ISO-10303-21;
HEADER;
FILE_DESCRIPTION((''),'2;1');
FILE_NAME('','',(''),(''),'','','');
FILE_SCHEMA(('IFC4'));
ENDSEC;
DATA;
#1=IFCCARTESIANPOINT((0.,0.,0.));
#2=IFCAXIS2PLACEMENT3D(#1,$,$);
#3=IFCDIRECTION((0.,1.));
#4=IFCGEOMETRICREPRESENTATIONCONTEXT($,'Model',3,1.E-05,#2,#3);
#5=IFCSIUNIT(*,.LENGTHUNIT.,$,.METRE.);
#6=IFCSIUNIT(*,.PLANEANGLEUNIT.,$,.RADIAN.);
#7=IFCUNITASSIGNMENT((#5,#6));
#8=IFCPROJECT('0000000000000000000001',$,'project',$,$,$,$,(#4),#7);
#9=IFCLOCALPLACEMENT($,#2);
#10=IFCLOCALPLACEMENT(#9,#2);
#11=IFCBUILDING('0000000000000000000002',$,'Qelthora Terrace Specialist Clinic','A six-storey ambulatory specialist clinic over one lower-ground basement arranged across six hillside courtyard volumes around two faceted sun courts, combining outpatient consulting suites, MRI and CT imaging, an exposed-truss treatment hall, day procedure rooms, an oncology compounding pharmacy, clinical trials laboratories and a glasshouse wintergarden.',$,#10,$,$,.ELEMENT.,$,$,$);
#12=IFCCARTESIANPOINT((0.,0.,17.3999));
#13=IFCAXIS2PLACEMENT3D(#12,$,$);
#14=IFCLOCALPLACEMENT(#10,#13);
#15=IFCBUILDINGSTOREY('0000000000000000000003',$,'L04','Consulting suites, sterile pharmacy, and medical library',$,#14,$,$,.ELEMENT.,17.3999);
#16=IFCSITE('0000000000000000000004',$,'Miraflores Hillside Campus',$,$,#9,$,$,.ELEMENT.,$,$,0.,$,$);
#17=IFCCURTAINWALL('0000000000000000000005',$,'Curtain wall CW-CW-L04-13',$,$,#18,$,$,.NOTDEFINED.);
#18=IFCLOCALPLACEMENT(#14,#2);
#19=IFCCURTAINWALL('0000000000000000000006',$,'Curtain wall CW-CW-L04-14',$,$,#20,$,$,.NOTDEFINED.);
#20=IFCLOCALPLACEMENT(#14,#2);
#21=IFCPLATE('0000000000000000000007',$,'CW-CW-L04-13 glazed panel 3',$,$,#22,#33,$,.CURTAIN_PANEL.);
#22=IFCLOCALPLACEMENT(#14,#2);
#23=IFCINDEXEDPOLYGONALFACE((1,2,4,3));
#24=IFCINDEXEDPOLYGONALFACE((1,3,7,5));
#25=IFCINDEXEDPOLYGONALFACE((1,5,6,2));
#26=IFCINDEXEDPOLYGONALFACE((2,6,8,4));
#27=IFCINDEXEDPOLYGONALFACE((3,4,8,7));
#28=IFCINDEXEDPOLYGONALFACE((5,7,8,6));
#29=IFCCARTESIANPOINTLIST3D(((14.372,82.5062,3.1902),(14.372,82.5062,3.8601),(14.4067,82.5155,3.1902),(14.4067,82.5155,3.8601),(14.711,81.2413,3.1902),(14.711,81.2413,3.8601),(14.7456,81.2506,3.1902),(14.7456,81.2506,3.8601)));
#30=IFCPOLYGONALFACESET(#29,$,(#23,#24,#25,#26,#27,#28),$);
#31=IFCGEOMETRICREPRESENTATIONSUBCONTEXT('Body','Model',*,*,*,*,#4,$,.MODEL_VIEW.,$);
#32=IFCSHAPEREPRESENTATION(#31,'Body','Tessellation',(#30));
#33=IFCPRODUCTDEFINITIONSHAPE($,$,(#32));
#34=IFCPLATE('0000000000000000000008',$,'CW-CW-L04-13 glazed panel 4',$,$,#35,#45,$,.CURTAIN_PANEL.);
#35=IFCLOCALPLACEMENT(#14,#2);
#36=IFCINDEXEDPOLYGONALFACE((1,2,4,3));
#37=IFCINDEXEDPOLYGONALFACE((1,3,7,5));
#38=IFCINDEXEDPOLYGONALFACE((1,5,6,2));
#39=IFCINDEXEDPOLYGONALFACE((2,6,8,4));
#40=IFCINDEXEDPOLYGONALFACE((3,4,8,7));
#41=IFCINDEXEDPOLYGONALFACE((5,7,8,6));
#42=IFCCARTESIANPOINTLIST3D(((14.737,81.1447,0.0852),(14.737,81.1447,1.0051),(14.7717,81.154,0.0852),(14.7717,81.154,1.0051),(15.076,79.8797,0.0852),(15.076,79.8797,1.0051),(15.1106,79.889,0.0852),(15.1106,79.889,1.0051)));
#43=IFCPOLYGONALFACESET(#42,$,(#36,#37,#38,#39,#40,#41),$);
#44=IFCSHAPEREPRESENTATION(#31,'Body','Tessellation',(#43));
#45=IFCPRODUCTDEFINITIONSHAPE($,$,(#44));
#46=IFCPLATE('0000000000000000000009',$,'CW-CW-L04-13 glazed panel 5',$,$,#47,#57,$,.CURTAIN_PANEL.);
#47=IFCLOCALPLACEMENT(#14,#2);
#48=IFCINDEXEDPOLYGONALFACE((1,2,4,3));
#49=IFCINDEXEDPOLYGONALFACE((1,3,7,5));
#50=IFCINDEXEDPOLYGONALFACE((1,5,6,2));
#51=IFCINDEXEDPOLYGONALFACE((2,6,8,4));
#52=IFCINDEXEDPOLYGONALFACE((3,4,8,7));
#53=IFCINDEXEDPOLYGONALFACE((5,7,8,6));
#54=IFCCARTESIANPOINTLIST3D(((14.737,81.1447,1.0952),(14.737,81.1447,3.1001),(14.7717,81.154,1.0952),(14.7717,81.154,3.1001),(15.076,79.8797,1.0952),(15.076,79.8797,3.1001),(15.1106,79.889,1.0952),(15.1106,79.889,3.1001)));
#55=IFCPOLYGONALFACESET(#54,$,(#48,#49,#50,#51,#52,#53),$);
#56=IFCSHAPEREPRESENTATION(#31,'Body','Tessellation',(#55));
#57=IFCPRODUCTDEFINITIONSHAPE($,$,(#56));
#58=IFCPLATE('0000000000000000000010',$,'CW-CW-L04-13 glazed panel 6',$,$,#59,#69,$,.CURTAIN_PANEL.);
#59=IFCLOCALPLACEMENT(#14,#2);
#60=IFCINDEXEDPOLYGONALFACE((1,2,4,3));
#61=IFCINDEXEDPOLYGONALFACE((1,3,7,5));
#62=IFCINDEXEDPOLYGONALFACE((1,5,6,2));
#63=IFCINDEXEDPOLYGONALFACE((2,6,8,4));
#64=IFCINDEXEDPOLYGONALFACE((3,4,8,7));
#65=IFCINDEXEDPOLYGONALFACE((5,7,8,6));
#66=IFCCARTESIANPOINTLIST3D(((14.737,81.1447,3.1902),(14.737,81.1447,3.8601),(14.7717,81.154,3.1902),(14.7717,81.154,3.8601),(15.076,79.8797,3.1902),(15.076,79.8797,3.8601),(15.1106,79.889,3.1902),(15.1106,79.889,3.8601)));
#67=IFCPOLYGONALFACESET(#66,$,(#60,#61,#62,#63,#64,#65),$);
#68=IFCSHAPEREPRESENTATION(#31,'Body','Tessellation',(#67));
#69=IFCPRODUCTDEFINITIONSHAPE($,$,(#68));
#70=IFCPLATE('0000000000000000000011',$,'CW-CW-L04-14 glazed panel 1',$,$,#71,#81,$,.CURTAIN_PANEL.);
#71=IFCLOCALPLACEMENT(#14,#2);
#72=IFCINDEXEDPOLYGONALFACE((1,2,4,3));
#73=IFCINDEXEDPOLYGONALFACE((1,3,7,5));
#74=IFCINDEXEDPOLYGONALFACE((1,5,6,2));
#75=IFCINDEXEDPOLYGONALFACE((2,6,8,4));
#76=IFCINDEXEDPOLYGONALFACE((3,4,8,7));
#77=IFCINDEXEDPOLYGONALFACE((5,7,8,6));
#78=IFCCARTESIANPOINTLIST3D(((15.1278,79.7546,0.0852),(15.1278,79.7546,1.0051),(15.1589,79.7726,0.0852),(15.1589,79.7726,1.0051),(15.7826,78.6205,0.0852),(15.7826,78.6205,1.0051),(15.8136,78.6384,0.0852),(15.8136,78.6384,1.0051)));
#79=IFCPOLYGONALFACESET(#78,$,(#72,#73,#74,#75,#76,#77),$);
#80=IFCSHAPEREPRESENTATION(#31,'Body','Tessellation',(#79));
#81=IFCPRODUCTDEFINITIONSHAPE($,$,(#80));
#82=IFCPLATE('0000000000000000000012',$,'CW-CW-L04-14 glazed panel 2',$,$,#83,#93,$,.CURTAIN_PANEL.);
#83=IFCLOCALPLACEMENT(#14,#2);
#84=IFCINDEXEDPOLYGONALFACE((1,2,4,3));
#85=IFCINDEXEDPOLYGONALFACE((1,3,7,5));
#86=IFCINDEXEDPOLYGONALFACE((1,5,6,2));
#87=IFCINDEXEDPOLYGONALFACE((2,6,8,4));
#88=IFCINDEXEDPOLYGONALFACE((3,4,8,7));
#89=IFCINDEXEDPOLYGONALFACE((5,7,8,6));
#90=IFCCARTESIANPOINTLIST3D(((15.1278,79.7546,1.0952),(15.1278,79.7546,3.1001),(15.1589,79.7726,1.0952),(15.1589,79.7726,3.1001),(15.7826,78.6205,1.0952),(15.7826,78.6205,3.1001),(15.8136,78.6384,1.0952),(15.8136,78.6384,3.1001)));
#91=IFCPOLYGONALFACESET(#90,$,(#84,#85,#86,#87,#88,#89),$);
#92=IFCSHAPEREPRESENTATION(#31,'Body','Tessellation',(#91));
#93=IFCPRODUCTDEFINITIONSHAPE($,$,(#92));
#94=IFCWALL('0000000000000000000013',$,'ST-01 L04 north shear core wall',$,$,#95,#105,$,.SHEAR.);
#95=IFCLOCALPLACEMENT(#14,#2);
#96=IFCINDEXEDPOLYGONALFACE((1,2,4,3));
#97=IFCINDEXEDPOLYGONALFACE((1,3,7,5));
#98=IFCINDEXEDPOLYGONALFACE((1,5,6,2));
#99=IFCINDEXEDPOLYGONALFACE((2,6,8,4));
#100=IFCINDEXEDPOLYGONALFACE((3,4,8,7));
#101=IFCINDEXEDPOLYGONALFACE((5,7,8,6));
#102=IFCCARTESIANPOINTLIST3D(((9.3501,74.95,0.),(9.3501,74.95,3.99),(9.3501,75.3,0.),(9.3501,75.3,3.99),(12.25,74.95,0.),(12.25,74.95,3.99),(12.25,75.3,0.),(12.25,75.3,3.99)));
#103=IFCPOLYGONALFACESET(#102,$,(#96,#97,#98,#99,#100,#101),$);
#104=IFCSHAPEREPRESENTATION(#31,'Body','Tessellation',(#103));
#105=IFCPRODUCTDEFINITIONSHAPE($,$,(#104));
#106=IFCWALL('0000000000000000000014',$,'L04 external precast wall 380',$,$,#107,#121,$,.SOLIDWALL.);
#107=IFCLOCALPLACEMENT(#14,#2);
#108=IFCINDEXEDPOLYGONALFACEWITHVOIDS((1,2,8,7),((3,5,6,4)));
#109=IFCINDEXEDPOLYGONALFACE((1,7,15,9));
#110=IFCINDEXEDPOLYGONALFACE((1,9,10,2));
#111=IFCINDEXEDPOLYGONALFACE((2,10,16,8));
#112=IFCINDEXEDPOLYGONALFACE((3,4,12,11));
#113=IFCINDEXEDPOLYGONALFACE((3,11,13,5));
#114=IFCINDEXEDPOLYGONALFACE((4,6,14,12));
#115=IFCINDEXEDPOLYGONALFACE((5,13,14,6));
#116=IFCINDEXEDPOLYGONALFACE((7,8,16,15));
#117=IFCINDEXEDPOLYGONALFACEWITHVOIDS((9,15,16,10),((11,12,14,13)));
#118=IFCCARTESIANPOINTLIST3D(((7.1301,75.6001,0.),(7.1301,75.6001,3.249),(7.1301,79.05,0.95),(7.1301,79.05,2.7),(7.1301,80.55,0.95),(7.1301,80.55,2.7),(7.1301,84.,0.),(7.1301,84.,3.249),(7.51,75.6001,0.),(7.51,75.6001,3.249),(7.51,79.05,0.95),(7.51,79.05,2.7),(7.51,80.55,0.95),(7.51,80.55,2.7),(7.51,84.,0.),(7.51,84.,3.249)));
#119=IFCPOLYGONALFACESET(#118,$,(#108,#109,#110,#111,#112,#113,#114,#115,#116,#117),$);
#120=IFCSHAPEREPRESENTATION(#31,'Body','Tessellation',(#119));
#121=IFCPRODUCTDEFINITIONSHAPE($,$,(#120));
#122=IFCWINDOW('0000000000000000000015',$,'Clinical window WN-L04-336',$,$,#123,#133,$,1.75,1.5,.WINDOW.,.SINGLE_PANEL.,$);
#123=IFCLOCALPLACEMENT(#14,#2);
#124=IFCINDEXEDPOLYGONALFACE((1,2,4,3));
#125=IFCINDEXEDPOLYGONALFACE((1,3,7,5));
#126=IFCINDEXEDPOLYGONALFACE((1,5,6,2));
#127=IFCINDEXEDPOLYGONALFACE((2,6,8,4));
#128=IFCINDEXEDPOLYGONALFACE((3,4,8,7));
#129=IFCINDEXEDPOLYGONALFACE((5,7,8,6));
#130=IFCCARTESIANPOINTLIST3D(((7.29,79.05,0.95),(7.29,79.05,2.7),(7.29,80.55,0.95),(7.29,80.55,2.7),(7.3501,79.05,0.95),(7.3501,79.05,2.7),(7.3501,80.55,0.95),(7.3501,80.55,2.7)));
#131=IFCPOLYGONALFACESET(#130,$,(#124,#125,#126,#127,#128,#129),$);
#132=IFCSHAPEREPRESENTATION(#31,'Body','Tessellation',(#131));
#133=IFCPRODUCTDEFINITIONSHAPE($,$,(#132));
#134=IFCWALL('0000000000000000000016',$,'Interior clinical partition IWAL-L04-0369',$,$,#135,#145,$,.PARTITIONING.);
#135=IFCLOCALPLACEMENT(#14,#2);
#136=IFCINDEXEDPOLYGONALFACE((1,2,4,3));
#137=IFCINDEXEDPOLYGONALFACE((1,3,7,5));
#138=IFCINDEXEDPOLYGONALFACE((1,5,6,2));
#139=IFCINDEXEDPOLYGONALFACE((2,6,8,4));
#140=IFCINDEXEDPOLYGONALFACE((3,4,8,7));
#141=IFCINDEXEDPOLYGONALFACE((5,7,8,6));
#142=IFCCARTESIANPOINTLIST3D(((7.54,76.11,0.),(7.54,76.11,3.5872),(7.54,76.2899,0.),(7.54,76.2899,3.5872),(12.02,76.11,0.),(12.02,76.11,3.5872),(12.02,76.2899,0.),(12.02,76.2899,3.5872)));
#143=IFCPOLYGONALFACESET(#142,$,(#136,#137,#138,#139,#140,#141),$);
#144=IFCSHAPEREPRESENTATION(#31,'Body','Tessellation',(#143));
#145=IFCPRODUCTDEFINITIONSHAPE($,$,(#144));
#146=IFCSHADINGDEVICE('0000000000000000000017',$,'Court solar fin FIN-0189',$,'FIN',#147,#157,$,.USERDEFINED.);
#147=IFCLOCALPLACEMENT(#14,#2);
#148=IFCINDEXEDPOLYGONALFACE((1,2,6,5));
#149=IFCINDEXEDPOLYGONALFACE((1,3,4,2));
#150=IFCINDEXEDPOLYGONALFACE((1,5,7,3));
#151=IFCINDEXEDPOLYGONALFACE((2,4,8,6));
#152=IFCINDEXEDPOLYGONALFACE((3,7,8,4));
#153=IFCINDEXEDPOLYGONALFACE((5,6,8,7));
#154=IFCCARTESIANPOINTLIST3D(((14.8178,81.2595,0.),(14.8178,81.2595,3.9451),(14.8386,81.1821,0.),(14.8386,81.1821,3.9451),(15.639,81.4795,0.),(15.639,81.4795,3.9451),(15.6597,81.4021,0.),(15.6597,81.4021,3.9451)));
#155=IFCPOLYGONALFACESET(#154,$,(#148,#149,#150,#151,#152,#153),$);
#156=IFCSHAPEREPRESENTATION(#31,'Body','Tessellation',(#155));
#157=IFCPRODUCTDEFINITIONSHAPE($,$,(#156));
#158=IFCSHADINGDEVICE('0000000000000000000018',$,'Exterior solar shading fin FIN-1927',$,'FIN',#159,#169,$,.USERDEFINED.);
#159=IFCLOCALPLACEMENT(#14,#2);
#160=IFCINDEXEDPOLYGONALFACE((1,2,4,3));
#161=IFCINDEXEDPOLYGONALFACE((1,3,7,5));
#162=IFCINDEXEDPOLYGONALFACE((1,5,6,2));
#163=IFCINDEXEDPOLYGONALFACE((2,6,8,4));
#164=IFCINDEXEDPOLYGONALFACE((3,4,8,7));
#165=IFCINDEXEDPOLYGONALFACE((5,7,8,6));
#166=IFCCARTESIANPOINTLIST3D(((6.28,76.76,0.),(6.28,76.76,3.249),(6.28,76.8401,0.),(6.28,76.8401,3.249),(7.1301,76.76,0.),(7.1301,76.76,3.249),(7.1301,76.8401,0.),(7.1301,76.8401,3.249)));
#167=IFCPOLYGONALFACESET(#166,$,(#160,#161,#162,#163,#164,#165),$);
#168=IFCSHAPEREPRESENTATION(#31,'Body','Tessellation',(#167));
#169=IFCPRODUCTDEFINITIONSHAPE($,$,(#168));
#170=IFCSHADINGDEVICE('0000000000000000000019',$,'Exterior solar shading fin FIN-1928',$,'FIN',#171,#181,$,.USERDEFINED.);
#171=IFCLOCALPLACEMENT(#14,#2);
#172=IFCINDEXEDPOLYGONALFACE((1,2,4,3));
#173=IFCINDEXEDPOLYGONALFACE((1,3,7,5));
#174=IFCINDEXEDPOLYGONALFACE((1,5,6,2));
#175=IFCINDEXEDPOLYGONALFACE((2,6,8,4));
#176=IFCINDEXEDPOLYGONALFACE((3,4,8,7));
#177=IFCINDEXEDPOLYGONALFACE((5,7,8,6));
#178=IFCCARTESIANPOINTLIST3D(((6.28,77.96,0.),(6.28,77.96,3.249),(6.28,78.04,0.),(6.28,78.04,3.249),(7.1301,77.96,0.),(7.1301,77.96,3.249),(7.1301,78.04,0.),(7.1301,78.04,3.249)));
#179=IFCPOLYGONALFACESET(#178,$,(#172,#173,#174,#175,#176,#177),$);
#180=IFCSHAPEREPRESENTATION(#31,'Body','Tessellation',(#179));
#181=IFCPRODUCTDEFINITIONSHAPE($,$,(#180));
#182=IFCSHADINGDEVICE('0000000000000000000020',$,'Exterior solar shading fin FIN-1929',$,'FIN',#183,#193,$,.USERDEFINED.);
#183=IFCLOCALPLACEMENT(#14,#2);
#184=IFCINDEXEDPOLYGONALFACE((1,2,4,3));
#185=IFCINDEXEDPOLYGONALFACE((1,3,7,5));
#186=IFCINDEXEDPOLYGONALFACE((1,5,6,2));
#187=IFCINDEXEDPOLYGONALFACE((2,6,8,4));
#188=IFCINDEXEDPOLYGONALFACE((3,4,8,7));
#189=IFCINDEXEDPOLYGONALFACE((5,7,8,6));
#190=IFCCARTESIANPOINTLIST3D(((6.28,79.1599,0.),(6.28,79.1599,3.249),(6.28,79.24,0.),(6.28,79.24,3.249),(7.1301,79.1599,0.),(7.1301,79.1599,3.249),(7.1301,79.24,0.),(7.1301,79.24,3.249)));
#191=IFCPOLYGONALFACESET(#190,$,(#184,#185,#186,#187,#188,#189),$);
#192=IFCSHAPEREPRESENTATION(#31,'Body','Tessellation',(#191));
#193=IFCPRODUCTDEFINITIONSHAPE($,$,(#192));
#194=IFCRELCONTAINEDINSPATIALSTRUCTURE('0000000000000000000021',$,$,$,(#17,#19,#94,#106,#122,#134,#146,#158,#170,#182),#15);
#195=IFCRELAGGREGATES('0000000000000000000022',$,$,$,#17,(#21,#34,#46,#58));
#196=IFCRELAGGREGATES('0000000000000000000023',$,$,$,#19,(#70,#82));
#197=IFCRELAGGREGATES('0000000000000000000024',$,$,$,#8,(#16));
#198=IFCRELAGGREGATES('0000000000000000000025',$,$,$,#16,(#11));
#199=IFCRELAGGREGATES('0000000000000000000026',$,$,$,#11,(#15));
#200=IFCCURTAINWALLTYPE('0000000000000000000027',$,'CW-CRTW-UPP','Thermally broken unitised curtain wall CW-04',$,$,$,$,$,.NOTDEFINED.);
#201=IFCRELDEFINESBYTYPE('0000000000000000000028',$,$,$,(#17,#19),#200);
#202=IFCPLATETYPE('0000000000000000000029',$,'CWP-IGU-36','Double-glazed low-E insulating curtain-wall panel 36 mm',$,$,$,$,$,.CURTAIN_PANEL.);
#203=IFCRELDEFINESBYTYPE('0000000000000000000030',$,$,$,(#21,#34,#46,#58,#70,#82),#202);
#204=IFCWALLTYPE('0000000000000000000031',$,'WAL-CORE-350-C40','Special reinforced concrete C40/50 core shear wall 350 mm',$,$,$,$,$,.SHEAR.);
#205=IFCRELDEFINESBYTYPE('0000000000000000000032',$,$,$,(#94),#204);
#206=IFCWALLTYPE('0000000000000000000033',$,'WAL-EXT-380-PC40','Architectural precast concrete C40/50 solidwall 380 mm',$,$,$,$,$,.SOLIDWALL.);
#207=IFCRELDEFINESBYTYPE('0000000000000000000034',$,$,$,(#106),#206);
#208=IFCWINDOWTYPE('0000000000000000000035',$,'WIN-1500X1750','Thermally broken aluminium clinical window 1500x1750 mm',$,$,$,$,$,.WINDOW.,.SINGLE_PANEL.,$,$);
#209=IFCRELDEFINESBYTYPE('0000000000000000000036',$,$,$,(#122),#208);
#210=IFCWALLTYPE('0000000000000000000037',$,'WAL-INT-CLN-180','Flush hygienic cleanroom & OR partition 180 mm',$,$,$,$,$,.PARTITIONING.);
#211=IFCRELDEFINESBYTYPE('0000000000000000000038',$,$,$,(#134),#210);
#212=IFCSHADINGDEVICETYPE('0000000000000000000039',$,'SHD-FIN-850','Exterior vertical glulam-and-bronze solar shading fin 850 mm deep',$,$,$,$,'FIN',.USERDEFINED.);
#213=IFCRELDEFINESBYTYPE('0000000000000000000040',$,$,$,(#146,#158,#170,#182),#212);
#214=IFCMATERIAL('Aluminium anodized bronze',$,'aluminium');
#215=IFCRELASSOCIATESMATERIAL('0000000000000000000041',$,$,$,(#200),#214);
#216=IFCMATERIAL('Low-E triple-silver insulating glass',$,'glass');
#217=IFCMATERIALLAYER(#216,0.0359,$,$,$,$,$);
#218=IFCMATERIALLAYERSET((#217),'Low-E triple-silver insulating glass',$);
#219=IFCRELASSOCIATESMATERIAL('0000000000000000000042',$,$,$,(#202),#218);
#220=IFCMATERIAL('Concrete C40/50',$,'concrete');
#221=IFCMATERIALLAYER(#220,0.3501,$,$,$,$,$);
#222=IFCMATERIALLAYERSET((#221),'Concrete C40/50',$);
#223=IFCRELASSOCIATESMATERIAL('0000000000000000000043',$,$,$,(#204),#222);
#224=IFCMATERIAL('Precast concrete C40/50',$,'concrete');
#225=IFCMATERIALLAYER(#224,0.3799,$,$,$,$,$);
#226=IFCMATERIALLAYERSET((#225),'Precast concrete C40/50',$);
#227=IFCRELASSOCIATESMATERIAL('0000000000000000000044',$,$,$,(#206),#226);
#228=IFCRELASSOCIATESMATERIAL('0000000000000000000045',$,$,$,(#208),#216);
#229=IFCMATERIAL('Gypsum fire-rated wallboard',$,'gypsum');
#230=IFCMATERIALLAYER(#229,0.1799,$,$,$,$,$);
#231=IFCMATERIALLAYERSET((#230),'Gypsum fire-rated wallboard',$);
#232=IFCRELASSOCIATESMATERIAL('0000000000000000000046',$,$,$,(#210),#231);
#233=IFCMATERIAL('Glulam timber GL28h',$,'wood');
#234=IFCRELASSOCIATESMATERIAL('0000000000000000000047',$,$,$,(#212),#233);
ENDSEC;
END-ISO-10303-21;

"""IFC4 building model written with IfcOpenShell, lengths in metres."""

from ifc_helpers import new_model, si_unit, direction, frame, frame_2d, origin, origin_2d, place, context, subcontext, project, spatial, rectangle, extrude, material, layer, layer_set, type_object, element, fill, aggregate, save


model = new_model("IFC4")

# Units and contexts
model_context = context("Model", 3, precision=1e-05, world=origin(), true_north=direction((0.0, 1.0)))
body_context = subcontext(model_context, "Body", "Model", "MODEL_VIEW")
ifc_project = project(units=[si_unit("LENGTHUNIT", "METRE"), si_unit("PLANEANGLEUNIT", "RADIAN")], contexts=[model_context])

# Site, building, storey
site_placement = place(None, origin())
site = spatial("IfcSite", under=ifc_project, at=site_placement, Name="Miraflores Hillside Campus", CompositionType="ELEMENT", RefElevation=0.0)
building_placement = place(site_placement, origin())
building = spatial("IfcBuilding", under=site, at=building_placement, Name="Qelthora Terrace Specialist Clinic", Description="A six-storey ambulatory specialist clinic over one lower-ground basement arranged across six hillside courtyard volumes around two faceted sun courts, combining outpatient consulting suites, MRI and CT imaging, an exposed-truss treatment hall, day procedure rooms, an oncology compounding pharmacy, clinical trials laboratories and a glasshouse wintergarden.", CompositionType="ELEMENT")
storey_placement = place(building_placement, frame((0.0, 0.0, 17.3999)))
storey = spatial("IfcBuildingStorey", under=building, at=storey_placement, Name="L04", Description="Consulting suites, sterile pharmacy, and medical library", CompositionType="ELEMENT", Elevation=17.3999)

# Curtain wall
ifc_material_1 = material(Name="Aluminium anodized bronze", Category="aluminium")
curtain_wall_type = type_object("IfcCurtainWallType", Name="CW-CRTW-UPP", Description="Thermally broken unitised curtain wall CW-04", PredefinedType="NOTDEFINED", material=ifc_material_1)
curtain_wall_1_placement = place(storey_placement, origin())
curtain_wall_1 = element("IfcCurtainWall", 1, at=curtain_wall_1_placement, inside=storey, type_object=curtain_wall_type, Name="Curtain wall CW-CW-L04-13", PredefinedType="NOTDEFINED")

# Curtain wall
curtain_wall_2_placement = place(storey_placement, origin())
curtain_wall_2 = element("IfcCurtainWall", 2, at=curtain_wall_2_placement, inside=storey, type_object=curtain_wall_type, Name="Curtain wall CW-CW-L04-14", PredefinedType="NOTDEFINED")

# Plates
ifc_material_2 = material(Name="Low-E triple-silver insulating glass", Category="glass")
ifc_layer_1 = layer(ifc_material_2, 0.0359)
ifc_layer_set_1 = layer_set([ifc_layer_1], Name="Low-E triple-silver insulating glass")
plate_type = type_object("IfcPlateType", Name="CWP-IGU-36", Description="Double-glazed low-E insulating curtain-wall panel 36 mm", PredefinedType="CURTAIN_PANEL", material=ifc_layer_set_1)
plate_1_placement = place(storey_placement, frame((14.5588, 81.8784, 3.1902), z_axis=(0.0, 0.0, 1.0), x_axis=(0.258821, -0.965925, 0.0)))
plate_1 = element("IfcPlate", 3, at=plate_1_placement, type_object=plate_type, Name="CW-CW-L04-13 glazed panel 3", PredefinedType="CURTAIN_PANEL", context=body_context, shape_type="SweptSolid", body=[
    extrude(rectangle(XDim=1.3096, YDim=0.0359, at=origin_2d()), origin(), (0.0, 0.0, 1.0), 0.6699),
])
plate_2_placement = place(storey_placement, frame((14.9238, 80.5168, 0.0852), z_axis=(0.0, 0.0, 1.0), x_axis=(0.258821, -0.965925, 0.0)))
plate_2 = element("IfcPlate", 4, at=plate_2_placement, type_object=plate_type, Name="CW-CW-L04-13 glazed panel 4", PredefinedType="CURTAIN_PANEL", context=body_context, shape_type="SweptSolid", body=[
    extrude(rectangle(XDim=1.3096, YDim=0.0359, at=origin_2d()), origin(), (0.0, 0.0, 1.0), 0.9199),
])
plate_3_placement = place(storey_placement, frame((14.9238, 80.5168, 1.0952), z_axis=(0.0, 0.0, 1.0), x_axis=(0.258821, -0.965925, 0.0)))
plate_3 = element("IfcPlate", 5, at=plate_3_placement, type_object=plate_type, Name="CW-CW-L04-13 glazed panel 5", PredefinedType="CURTAIN_PANEL", context=body_context, shape_type="SweptSolid", body=[
    extrude(rectangle(XDim=1.3096, YDim=0.0359, at=origin_2d()), origin(), (0.0, 0.0, 1.0), 2.0049),
])
plate_4_placement = place(storey_placement, frame((14.9238, 80.5168, 3.1902), z_axis=(0.0, 0.0, 1.0), x_axis=(0.258821, -0.965925, 0.0)))
plate_4 = element("IfcPlate", 6, at=plate_4_placement, type_object=plate_type, Name="CW-CW-L04-13 glazed panel 6", PredefinedType="CURTAIN_PANEL", context=body_context, shape_type="SweptSolid", body=[
    extrude(rectangle(XDim=1.3096, YDim=0.0359, at=origin_2d()), origin(), (0.0, 0.0, 1.0), 0.6699),
])
aggregate(curtain_wall_1, [plate_1, plate_2, plate_3, plate_4])
plate_5_placement = place(storey_placement, frame((15.4707, 79.1965, 0.0852), z_axis=(0.0, 0.0, 1.0), x_axis=(0.5, -0.866025, 0.0)))
plate_5 = element("IfcPlate", 7, at=plate_5_placement, type_object=plate_type, Name="CW-CW-L04-14 glazed panel 1", PredefinedType="CURTAIN_PANEL", context=body_context, shape_type="SweptSolid", body=[
    extrude(rectangle(XDim=1.3096, YDim=0.0359, at=origin_2d()), origin(), (0.0, 0.0, 1.0), 0.9199),
])
plate_6_placement = place(storey_placement, frame((15.4707, 79.1965, 1.0952), z_axis=(0.0, 0.0, 1.0), x_axis=(0.5, -0.866025, 0.0)))
plate_6 = element("IfcPlate", 8, at=plate_6_placement, type_object=plate_type, Name="CW-CW-L04-14 glazed panel 2", PredefinedType="CURTAIN_PANEL", context=body_context, shape_type="SweptSolid", body=[
    extrude(rectangle(XDim=1.3096, YDim=0.0359, at=origin_2d()), origin(), (0.0, 0.0, 1.0), 2.0049),
])
aggregate(curtain_wall_2, [plate_5, plate_6])

# Wall
ifc_material_3 = material(Name="Concrete C40/50", Category="concrete")
ifc_layer_2 = layer(ifc_material_3, 0.3501)
ifc_layer_set_2 = layer_set([ifc_layer_2], Name="Concrete C40/50")
wall_type_1 = type_object("IfcWallType", Name="WAL-CORE-350-C40", Description="Special reinforced concrete C40/50 core shear wall 350 mm", PredefinedType="SHEAR", material=ifc_layer_set_2)
wall_1_placement = place(storey_placement, frame((9.3501, 75.125, 0.0), z_axis=(0.0, 0.0, 1.0), x_axis=(1.0, 0.0, 0.0)))
element("IfcWall", 9, at=wall_1_placement, inside=storey, type_object=wall_type_1, Name="ST-01 L04 north shear core wall", PredefinedType="SHEAR", context=body_context, shape_type="SweptSolid", body=[
    extrude(rectangle(XDim=2.8999, YDim=0.3501, at=frame_2d((1.45, 0.0))), origin(), (0.0, 0.0, 1.0), 3.99),
])

# Wall, opening, window
ifc_material_4 = material(Name="Precast concrete C40/50", Category="concrete")
ifc_layer_3 = layer(ifc_material_4, 0.3799)
ifc_layer_set_3 = layer_set([ifc_layer_3], Name="Precast concrete C40/50")
wall_type_2 = type_object("IfcWallType", Name="WAL-EXT-380-PC40", Description="Architectural precast concrete C40/50 solidwall 380 mm", PredefinedType="SOLIDWALL", material=ifc_layer_set_3)
wall_2_placement = place(storey_placement, frame((7.3201, 75.6001, 0.0), z_axis=(0.0, 0.0, 1.0), x_axis=(0.0, 1.0, 0.0)))
wall_2 = element("IfcWall", 10, at=wall_2_placement, inside=storey, type_object=wall_type_2, Name="L04 external precast wall 380", PredefinedType="SOLIDWALL", context=body_context, shape_type="SweptSolid", body=[
    extrude(rectangle(XDim=8.3999, YDim=0.3799, at=frame_2d((4.2, 0.0))), origin(), (0.0, 0.0, 1.0), 3.249),
])
opening_placement = place(wall_2_placement, frame((3.45, 0.0, 0.95)))
opening = element("IfcOpeningElement", 11, at=opening_placement, cuts=wall_2, PredefinedType="OPENING", context=body_context, shape_type="SweptSolid", body=[
    extrude(rectangle(XDim=1.5, YDim=1.75, at=frame_2d((0.75, 0.875))), frame((0.0, 0.2, 0.0), z_axis=(0.0, -1.0, 0.0), x_axis=(1.0, 0.0, 0.0)), (0.0, 0.0, 1.0), 0.3999),
])
window_type = type_object("IfcWindowType", Name="WIN-1500X1750", Description="Thermally broken aluminium clinical window 1500x1750 mm", PartitioningType="SINGLE_PANEL", PredefinedType="WINDOW", material=ifc_material_2)
window_placement = place(opening_placement, origin())
window = element("IfcWindow", 12, at=window_placement, inside=storey, type_object=window_type, Name="Clinical window WN-L04-336", OverallHeight=1.75, OverallWidth=1.5, PartitioningType="SINGLE_PANEL", PredefinedType="WINDOW", context=body_context, shape_type="SweptSolid", body=[
    extrude(rectangle(XDim=1.5, YDim=1.75, at=frame_2d((0.75, 0.875))), frame((0.0, 0.03, 0.0), z_axis=(0.0, -1.0, 0.0), x_axis=(1.0, 0.0, 0.0)), (0.0, 0.0, 1.0), 0.0601),
])
fill(opening, window)

# Wall
ifc_material_5 = material(Name="Gypsum fire-rated wallboard", Category="gypsum")
ifc_layer_4 = layer(ifc_material_5, 0.1799)
ifc_layer_set_4 = layer_set([ifc_layer_4], Name="Gypsum fire-rated wallboard")
wall_type_3 = type_object("IfcWallType", Name="WAL-INT-CLN-180", Description="Flush hygienic cleanroom & OR partition 180 mm", PredefinedType="PARTITIONING", material=ifc_layer_set_4)
wall_3_placement = place(storey_placement, frame((12.02, 76.2, 0.0), z_axis=(0.0, 0.0, 1.0), x_axis=(-1.0, 0.0, 0.0)))
element("IfcWall", 13, at=wall_3_placement, inside=storey, type_object=wall_type_3, Name="Interior clinical partition IWAL-L04-0369", PredefinedType="PARTITIONING", context=body_context, shape_type="SweptSolid", body=[
    extrude(rectangle(XDim=4.48, YDim=0.1799, at=frame_2d((2.24, 0.0))), origin(), (0.0, 0.0, 1.0), 3.5872),
])

# Shading devices
ifc_material_6 = material(Name="Glulam timber GL28h", Category="wood")
shading_device_type = type_object("IfcShadingDeviceType", Name="SHD-FIN-850", Description="Exterior vertical glulam-and-bronze solar shading fin 850 mm deep", ElementType="FIN", PredefinedType="USERDEFINED", material=ifc_material_6)
shading_device_placement = place(storey_placement, frame((15.2388, 81.3308, 0.0), z_axis=(0.0, 0.0, 1.0), x_axis=(0.965926, 0.258819, 0.0)))
element("IfcShadingDevice", 14, at=shading_device_placement, inside=storey, type_object=shading_device_type, Name="Court solar fin FIN-0189", ObjectType="FIN", PredefinedType="USERDEFINED", context=body_context, shape_type="SweptSolid", body=[
    extrude(rectangle(XDim=0.8501, YDim=0.0801, at=origin_2d()), origin(), (0.0, 0.0, 1.0), 3.9451),
])
for number, where, z_axis, x_axis, name in (
    (15, (6.7051, 76.8, 0.0), (0.0, 0.0, 1.0), (-1.0, 0.0, 0.0), "Exterior solar shading fin FIN-1927"),
    (16, (6.7051, 78.0, 0.0), (0.0, 0.0, 1.0), (-1.0, 0.0, 0.0), "Exterior solar shading fin FIN-1928"),
    (17, (6.7051, 79.2, 0.0), (0.0, 0.0, 1.0), (-1.0, 0.0, 0.0), "Exterior solar shading fin FIN-1929"),
):
    element("IfcShadingDevice", number, at=place(storey_placement, frame(where, z_axis=z_axis, x_axis=x_axis)), inside=storey, type_object=shading_device_type, Name=name, ObjectType="FIN", PredefinedType="USERDEFINED", context=body_context, shape_type="SweptSolid", body=[
        extrude(rectangle(XDim=0.8501, YDim=0.0801, at=origin_2d()), origin(), (0.0, 0.0, 1.0), 3.249),
    ])

save(model, "model.ifc")
